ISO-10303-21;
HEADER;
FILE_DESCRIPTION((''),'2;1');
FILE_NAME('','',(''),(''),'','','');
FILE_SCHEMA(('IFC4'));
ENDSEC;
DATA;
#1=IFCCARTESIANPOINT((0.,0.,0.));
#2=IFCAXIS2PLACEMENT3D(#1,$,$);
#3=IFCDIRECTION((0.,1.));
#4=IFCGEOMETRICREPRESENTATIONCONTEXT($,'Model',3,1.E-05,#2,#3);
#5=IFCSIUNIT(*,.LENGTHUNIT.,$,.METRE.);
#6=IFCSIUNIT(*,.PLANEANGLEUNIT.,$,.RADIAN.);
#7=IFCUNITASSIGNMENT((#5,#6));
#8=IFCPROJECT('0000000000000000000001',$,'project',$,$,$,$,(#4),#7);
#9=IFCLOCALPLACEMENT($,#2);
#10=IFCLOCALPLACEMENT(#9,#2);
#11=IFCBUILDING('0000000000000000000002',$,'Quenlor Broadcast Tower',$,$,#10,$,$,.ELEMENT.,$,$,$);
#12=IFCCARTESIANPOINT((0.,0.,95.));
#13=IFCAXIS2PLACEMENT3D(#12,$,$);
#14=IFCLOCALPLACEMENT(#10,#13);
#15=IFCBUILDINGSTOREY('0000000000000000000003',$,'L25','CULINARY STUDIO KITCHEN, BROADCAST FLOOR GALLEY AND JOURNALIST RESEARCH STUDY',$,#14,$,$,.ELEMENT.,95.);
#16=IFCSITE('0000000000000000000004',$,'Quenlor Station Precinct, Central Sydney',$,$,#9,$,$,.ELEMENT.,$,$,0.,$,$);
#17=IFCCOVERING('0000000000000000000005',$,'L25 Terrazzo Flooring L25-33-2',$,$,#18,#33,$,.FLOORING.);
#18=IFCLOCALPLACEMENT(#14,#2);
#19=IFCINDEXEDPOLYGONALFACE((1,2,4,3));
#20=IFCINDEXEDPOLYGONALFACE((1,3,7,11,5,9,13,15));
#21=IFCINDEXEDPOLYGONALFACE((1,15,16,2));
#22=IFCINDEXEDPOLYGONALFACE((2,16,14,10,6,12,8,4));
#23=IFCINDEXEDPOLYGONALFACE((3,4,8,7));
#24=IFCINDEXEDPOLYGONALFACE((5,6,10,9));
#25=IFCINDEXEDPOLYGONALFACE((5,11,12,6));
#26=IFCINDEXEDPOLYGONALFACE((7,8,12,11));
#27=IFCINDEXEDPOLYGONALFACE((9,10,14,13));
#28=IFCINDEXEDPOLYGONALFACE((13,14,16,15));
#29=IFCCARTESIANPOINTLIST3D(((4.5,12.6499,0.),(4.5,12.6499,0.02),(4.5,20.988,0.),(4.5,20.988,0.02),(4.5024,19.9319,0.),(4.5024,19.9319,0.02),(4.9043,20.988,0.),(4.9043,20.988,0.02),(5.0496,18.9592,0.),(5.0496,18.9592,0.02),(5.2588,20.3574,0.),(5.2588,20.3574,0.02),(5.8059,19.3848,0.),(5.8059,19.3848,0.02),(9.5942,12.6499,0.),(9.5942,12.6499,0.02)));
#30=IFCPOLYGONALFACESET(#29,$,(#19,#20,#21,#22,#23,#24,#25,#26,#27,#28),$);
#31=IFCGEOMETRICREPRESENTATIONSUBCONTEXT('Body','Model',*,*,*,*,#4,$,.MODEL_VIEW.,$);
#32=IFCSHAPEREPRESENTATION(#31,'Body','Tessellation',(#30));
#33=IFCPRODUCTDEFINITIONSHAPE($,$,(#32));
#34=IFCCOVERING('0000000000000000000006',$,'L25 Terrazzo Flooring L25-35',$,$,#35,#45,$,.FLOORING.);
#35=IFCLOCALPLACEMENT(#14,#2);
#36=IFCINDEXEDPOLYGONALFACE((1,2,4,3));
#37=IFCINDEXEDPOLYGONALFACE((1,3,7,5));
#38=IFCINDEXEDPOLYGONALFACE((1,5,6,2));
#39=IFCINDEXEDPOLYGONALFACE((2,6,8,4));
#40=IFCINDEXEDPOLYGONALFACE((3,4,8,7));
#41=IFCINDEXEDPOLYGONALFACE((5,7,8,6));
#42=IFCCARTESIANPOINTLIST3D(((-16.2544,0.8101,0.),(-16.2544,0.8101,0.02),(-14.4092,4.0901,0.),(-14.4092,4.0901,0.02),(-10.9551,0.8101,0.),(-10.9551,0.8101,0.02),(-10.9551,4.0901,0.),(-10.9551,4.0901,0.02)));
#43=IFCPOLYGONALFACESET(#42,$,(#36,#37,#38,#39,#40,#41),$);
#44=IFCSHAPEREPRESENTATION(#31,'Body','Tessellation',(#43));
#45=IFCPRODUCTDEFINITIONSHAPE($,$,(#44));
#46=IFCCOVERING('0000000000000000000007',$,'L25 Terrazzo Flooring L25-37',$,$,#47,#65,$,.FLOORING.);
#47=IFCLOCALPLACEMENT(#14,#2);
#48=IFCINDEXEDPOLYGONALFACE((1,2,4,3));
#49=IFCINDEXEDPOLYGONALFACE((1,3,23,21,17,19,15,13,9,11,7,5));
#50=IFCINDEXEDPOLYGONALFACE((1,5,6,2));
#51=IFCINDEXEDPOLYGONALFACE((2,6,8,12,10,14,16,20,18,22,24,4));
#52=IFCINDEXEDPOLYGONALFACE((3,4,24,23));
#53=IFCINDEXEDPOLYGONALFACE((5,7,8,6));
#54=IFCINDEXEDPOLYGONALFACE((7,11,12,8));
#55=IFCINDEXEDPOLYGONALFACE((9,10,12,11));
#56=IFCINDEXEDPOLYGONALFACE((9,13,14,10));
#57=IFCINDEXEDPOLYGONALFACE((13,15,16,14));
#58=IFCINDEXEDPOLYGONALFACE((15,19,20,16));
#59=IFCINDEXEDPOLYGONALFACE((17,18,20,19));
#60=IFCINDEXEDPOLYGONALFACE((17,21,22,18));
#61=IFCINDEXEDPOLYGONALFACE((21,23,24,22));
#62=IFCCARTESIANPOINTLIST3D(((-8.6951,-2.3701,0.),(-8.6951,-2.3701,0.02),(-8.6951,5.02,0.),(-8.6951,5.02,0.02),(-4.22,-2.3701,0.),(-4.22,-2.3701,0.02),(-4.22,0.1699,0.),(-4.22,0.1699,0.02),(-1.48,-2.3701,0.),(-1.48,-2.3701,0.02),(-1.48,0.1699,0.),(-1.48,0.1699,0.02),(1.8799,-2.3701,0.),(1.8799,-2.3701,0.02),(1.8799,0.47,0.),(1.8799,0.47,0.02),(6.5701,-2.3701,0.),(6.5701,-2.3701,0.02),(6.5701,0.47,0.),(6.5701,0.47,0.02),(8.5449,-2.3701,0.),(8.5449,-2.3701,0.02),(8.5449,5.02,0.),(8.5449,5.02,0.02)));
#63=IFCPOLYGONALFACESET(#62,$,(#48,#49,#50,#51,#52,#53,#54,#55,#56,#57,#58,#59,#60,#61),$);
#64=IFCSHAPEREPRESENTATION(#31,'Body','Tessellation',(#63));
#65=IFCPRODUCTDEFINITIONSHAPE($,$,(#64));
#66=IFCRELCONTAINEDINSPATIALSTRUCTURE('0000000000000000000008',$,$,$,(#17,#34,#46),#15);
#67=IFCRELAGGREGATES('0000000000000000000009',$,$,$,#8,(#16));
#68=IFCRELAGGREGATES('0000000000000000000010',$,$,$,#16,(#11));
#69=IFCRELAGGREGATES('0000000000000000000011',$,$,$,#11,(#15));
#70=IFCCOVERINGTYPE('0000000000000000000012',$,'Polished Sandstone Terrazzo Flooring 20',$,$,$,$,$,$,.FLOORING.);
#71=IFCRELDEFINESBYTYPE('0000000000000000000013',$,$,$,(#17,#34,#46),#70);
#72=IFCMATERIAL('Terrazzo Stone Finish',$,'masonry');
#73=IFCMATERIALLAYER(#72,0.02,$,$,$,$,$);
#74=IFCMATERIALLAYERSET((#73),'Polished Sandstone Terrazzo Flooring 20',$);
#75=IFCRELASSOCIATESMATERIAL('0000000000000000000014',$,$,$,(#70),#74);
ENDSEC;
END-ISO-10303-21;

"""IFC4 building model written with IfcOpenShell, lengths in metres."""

from ifc_helpers import new_model, si_unit, direction, frame, origin, place, context, subcontext, project, spatial, polyline, outline, extrude, material, layer, layer_set, type_object, element, save


model = new_model("IFC4")

# Units and contexts
model_context = context("Model", 3, precision=1e-05, world=origin(), true_north=direction((0.0, 1.0)))
body_context = subcontext(model_context, "Body", "Model", "MODEL_VIEW")
ifc_project = project(units=[si_unit("LENGTHUNIT", "METRE"), si_unit("PLANEANGLEUNIT", "RADIAN")], contexts=[model_context])

# Site, building, storey
site_placement = place(None, origin())
site = spatial("IfcSite", under=ifc_project, at=site_placement, Name="Quenlor Station Precinct, Central Sydney", CompositionType="ELEMENT", RefElevation=0.0)
building_placement = place(site_placement, origin())
building = spatial("IfcBuilding", under=site, at=building_placement, Name="Quenlor Broadcast Tower", CompositionType="ELEMENT")
storey_placement = place(building_placement, frame((0.0, 0.0, 95.0)))
storey = spatial("IfcBuildingStorey", under=building, at=storey_placement, Name="L25", Description="CULINARY STUDIO KITCHEN, BROADCAST FLOOR GALLEY AND JOURNALIST RESEARCH STUDY", CompositionType="ELEMENT", Elevation=95.0)

# Coverings
ifc_material_1 = material(Name="Terrazzo Stone Finish", Category="masonry")
ifc_layer_1 = layer(ifc_material_1, 0.02)
ifc_layer_set_1 = layer_set([ifc_layer_1], Name="Polished Sandstone Terrazzo Flooring 20")
covering_type_1 = type_object("IfcCoveringType", Name="Polished Sandstone Terrazzo Flooring 20", PredefinedType="FLOORING", material=ifc_layer_set_1)
covering_1_placement = place(storey_placement, origin())
element("IfcCovering", 1, at=covering_1_placement, inside=storey, type_object=covering_type_1, Name="L25 Terrazzo Flooring L25-33-2", PredefinedType="FLOORING", context=body_context, shape_type="SweptSolid", body=[
    extrude(outline(polyline([(5.0496, 18.9592), (5.8059, 19.3848), (9.5942, 12.6499), (4.5, 12.6499), (4.5, 20.988), (4.9043, 20.988), (5.2588, 20.3574), (4.5024, 19.9319), (5.0496, 18.9592)])), origin(), (0.0, 0.0, 1.0), 0.02),
])
covering_2_placement = place(storey_placement, origin())
element("IfcCovering", 2, at=covering_2_placement, inside=storey, type_object=covering_type_1, Name="L25 Terrazzo Flooring L25-35", PredefinedType="FLOORING", context=body_context, shape_type="SweptSolid", body=[
    extrude(outline(polyline([(-16.2544, 0.8101), (-14.4092, 4.0901), (-10.9551, 4.0901), (-10.9551, 0.8101), (-16.2544, 0.8101)])), origin(), (0.0, 0.0, 1.0), 0.02),
])
covering_3_placement = place(storey_placement, origin())
element("IfcCovering", 3, at=covering_3_placement, inside=storey, type_object=covering_type_1, Name="L25 Terrazzo Flooring L25-37", PredefinedType="FLOORING", context=body_context, shape_type="SweptSolid", body=[
    extrude(outline(polyline([(8.5449, 5.02), (8.5449, -2.3701), (6.5701, -2.3701), (6.5701, 0.47), (1.8799, 0.47), (1.8799, -2.3701), (-1.48, -2.3701), (-1.48, 0.1699), (-4.22, 0.1699), (-4.22, -2.3701), (-8.6951, -2.3701), (-8.6951, 5.02), (8.5449, 5.02)])), origin(), (0.0, 0.0, 1.0), 0.02),
])

save(model, "model.ifc")
